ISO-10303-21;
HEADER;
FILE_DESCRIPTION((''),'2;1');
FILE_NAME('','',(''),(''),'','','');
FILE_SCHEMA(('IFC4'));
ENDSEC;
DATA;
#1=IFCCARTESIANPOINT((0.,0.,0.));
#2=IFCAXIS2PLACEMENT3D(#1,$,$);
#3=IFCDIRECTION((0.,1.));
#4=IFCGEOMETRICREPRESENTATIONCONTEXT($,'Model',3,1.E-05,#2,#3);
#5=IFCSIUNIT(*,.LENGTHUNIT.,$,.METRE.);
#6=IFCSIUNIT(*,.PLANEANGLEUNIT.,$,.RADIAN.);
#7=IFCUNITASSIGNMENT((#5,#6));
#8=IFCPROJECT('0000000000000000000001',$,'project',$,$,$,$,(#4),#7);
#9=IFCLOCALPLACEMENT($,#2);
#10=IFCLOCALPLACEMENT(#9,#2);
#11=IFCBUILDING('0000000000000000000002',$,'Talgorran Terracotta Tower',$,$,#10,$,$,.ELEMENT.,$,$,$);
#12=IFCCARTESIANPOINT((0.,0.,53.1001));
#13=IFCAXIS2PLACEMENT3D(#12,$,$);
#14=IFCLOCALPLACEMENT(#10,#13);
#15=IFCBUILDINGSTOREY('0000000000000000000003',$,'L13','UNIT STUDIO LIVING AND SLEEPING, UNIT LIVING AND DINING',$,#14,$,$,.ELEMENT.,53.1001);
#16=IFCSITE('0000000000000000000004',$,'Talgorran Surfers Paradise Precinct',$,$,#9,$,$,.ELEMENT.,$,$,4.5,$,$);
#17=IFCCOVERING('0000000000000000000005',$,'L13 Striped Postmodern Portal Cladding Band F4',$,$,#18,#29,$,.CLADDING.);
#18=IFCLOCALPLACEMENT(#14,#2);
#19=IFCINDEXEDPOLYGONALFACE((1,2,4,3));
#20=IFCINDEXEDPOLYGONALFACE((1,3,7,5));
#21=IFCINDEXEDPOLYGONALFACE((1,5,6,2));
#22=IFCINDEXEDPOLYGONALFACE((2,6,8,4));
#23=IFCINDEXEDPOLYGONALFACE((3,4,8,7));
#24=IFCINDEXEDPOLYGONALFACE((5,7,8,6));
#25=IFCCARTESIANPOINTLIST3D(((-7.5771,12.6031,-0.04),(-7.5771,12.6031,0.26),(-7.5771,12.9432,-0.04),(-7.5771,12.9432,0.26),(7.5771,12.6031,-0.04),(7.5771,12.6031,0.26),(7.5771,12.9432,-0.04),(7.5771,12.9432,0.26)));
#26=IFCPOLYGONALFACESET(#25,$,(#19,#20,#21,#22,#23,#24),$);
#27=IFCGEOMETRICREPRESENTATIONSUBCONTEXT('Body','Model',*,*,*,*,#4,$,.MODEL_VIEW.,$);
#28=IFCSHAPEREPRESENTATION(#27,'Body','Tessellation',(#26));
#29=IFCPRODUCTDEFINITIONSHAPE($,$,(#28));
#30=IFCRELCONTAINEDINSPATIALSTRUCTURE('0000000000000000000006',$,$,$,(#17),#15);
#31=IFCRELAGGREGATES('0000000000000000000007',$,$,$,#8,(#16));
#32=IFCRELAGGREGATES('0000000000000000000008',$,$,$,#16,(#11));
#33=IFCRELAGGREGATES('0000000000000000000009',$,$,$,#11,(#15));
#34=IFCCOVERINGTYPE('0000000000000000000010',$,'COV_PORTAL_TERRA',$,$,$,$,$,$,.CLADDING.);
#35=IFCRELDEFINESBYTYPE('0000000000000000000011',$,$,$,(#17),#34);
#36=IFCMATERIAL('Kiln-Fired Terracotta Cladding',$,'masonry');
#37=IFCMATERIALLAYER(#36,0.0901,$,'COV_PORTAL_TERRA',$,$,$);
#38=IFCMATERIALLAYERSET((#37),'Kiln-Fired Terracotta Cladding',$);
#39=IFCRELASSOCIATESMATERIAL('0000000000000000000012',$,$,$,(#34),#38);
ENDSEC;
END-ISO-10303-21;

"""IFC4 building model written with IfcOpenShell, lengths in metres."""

from ifc_helpers import new_model, si_unit, direction, frame, origin, origin_2d, place, context, subcontext, project, spatial, rectangle, extrude, material, layer, layer_set, type_object, element, save


model = new_model("IFC4")

# Units and contexts
model_context = context("Model", 3, precision=1e-05, world=origin(), true_north=direction((0.0, 1.0)))
body_context = subcontext(model_context, "Body", "Model", "MODEL_VIEW")
ifc_project = project(units=[si_unit("LENGTHUNIT", "METRE"), si_unit("PLANEANGLEUNIT", "RADIAN")], contexts=[model_context])

# Site, building, storey
site_placement = place(None, origin())
site = spatial("IfcSite", under=ifc_project, at=site_placement, Name="Talgorran Surfers Paradise Precinct", CompositionType="ELEMENT", RefElevation=4.5)
building_placement = place(site_placement, origin())
building = spatial("IfcBuilding", under=site, at=building_placement, Name="Talgorran Terracotta Tower", CompositionType="ELEMENT")
storey_placement = place(building_placement, frame((0.0, 0.0, 53.1001)))
storey = spatial("IfcBuildingStorey", under=building, at=storey_placement, Name="L13", Description="UNIT STUDIO LIVING AND SLEEPING, UNIT LIVING AND DINING", CompositionType="ELEMENT", Elevation=53.1001)

# Covering
ifc_material_1 = material(Name="Kiln-Fired Terracotta Cladding", Category="masonry")
ifc_layer_1 = layer(ifc_material_1, 0.0901, Name="COV_PORTAL_TERRA")
ifc_layer_set_1 = layer_set([ifc_layer_1], Name="Kiln-Fired Terracotta Cladding")
covering_type_1 = type_object("IfcCoveringType", Name="COV_PORTAL_TERRA", PredefinedType="CLADDING", material=ifc_layer_set_1)
covering_1_placement = place(storey_placement, frame((0.0, 12.7732, -0.04), z_axis=(0.0, 0.0, 1.0), x_axis=(-1.0, 0.0, 0.0)))
element("IfcCovering", 1, at=covering_1_placement, inside=storey, type_object=covering_type_1, Name="L13 Striped Postmodern Portal Cladding Band F4", PredefinedType="CLADDING", context=body_context, shape_type="SweptSolid", body=[
    extrude(rectangle(XDim=15.1543, YDim=0.3401, at=origin_2d()), origin(), (0.0, 0.0, 1.0), 0.3),
])

save(model, "model.ifc")
